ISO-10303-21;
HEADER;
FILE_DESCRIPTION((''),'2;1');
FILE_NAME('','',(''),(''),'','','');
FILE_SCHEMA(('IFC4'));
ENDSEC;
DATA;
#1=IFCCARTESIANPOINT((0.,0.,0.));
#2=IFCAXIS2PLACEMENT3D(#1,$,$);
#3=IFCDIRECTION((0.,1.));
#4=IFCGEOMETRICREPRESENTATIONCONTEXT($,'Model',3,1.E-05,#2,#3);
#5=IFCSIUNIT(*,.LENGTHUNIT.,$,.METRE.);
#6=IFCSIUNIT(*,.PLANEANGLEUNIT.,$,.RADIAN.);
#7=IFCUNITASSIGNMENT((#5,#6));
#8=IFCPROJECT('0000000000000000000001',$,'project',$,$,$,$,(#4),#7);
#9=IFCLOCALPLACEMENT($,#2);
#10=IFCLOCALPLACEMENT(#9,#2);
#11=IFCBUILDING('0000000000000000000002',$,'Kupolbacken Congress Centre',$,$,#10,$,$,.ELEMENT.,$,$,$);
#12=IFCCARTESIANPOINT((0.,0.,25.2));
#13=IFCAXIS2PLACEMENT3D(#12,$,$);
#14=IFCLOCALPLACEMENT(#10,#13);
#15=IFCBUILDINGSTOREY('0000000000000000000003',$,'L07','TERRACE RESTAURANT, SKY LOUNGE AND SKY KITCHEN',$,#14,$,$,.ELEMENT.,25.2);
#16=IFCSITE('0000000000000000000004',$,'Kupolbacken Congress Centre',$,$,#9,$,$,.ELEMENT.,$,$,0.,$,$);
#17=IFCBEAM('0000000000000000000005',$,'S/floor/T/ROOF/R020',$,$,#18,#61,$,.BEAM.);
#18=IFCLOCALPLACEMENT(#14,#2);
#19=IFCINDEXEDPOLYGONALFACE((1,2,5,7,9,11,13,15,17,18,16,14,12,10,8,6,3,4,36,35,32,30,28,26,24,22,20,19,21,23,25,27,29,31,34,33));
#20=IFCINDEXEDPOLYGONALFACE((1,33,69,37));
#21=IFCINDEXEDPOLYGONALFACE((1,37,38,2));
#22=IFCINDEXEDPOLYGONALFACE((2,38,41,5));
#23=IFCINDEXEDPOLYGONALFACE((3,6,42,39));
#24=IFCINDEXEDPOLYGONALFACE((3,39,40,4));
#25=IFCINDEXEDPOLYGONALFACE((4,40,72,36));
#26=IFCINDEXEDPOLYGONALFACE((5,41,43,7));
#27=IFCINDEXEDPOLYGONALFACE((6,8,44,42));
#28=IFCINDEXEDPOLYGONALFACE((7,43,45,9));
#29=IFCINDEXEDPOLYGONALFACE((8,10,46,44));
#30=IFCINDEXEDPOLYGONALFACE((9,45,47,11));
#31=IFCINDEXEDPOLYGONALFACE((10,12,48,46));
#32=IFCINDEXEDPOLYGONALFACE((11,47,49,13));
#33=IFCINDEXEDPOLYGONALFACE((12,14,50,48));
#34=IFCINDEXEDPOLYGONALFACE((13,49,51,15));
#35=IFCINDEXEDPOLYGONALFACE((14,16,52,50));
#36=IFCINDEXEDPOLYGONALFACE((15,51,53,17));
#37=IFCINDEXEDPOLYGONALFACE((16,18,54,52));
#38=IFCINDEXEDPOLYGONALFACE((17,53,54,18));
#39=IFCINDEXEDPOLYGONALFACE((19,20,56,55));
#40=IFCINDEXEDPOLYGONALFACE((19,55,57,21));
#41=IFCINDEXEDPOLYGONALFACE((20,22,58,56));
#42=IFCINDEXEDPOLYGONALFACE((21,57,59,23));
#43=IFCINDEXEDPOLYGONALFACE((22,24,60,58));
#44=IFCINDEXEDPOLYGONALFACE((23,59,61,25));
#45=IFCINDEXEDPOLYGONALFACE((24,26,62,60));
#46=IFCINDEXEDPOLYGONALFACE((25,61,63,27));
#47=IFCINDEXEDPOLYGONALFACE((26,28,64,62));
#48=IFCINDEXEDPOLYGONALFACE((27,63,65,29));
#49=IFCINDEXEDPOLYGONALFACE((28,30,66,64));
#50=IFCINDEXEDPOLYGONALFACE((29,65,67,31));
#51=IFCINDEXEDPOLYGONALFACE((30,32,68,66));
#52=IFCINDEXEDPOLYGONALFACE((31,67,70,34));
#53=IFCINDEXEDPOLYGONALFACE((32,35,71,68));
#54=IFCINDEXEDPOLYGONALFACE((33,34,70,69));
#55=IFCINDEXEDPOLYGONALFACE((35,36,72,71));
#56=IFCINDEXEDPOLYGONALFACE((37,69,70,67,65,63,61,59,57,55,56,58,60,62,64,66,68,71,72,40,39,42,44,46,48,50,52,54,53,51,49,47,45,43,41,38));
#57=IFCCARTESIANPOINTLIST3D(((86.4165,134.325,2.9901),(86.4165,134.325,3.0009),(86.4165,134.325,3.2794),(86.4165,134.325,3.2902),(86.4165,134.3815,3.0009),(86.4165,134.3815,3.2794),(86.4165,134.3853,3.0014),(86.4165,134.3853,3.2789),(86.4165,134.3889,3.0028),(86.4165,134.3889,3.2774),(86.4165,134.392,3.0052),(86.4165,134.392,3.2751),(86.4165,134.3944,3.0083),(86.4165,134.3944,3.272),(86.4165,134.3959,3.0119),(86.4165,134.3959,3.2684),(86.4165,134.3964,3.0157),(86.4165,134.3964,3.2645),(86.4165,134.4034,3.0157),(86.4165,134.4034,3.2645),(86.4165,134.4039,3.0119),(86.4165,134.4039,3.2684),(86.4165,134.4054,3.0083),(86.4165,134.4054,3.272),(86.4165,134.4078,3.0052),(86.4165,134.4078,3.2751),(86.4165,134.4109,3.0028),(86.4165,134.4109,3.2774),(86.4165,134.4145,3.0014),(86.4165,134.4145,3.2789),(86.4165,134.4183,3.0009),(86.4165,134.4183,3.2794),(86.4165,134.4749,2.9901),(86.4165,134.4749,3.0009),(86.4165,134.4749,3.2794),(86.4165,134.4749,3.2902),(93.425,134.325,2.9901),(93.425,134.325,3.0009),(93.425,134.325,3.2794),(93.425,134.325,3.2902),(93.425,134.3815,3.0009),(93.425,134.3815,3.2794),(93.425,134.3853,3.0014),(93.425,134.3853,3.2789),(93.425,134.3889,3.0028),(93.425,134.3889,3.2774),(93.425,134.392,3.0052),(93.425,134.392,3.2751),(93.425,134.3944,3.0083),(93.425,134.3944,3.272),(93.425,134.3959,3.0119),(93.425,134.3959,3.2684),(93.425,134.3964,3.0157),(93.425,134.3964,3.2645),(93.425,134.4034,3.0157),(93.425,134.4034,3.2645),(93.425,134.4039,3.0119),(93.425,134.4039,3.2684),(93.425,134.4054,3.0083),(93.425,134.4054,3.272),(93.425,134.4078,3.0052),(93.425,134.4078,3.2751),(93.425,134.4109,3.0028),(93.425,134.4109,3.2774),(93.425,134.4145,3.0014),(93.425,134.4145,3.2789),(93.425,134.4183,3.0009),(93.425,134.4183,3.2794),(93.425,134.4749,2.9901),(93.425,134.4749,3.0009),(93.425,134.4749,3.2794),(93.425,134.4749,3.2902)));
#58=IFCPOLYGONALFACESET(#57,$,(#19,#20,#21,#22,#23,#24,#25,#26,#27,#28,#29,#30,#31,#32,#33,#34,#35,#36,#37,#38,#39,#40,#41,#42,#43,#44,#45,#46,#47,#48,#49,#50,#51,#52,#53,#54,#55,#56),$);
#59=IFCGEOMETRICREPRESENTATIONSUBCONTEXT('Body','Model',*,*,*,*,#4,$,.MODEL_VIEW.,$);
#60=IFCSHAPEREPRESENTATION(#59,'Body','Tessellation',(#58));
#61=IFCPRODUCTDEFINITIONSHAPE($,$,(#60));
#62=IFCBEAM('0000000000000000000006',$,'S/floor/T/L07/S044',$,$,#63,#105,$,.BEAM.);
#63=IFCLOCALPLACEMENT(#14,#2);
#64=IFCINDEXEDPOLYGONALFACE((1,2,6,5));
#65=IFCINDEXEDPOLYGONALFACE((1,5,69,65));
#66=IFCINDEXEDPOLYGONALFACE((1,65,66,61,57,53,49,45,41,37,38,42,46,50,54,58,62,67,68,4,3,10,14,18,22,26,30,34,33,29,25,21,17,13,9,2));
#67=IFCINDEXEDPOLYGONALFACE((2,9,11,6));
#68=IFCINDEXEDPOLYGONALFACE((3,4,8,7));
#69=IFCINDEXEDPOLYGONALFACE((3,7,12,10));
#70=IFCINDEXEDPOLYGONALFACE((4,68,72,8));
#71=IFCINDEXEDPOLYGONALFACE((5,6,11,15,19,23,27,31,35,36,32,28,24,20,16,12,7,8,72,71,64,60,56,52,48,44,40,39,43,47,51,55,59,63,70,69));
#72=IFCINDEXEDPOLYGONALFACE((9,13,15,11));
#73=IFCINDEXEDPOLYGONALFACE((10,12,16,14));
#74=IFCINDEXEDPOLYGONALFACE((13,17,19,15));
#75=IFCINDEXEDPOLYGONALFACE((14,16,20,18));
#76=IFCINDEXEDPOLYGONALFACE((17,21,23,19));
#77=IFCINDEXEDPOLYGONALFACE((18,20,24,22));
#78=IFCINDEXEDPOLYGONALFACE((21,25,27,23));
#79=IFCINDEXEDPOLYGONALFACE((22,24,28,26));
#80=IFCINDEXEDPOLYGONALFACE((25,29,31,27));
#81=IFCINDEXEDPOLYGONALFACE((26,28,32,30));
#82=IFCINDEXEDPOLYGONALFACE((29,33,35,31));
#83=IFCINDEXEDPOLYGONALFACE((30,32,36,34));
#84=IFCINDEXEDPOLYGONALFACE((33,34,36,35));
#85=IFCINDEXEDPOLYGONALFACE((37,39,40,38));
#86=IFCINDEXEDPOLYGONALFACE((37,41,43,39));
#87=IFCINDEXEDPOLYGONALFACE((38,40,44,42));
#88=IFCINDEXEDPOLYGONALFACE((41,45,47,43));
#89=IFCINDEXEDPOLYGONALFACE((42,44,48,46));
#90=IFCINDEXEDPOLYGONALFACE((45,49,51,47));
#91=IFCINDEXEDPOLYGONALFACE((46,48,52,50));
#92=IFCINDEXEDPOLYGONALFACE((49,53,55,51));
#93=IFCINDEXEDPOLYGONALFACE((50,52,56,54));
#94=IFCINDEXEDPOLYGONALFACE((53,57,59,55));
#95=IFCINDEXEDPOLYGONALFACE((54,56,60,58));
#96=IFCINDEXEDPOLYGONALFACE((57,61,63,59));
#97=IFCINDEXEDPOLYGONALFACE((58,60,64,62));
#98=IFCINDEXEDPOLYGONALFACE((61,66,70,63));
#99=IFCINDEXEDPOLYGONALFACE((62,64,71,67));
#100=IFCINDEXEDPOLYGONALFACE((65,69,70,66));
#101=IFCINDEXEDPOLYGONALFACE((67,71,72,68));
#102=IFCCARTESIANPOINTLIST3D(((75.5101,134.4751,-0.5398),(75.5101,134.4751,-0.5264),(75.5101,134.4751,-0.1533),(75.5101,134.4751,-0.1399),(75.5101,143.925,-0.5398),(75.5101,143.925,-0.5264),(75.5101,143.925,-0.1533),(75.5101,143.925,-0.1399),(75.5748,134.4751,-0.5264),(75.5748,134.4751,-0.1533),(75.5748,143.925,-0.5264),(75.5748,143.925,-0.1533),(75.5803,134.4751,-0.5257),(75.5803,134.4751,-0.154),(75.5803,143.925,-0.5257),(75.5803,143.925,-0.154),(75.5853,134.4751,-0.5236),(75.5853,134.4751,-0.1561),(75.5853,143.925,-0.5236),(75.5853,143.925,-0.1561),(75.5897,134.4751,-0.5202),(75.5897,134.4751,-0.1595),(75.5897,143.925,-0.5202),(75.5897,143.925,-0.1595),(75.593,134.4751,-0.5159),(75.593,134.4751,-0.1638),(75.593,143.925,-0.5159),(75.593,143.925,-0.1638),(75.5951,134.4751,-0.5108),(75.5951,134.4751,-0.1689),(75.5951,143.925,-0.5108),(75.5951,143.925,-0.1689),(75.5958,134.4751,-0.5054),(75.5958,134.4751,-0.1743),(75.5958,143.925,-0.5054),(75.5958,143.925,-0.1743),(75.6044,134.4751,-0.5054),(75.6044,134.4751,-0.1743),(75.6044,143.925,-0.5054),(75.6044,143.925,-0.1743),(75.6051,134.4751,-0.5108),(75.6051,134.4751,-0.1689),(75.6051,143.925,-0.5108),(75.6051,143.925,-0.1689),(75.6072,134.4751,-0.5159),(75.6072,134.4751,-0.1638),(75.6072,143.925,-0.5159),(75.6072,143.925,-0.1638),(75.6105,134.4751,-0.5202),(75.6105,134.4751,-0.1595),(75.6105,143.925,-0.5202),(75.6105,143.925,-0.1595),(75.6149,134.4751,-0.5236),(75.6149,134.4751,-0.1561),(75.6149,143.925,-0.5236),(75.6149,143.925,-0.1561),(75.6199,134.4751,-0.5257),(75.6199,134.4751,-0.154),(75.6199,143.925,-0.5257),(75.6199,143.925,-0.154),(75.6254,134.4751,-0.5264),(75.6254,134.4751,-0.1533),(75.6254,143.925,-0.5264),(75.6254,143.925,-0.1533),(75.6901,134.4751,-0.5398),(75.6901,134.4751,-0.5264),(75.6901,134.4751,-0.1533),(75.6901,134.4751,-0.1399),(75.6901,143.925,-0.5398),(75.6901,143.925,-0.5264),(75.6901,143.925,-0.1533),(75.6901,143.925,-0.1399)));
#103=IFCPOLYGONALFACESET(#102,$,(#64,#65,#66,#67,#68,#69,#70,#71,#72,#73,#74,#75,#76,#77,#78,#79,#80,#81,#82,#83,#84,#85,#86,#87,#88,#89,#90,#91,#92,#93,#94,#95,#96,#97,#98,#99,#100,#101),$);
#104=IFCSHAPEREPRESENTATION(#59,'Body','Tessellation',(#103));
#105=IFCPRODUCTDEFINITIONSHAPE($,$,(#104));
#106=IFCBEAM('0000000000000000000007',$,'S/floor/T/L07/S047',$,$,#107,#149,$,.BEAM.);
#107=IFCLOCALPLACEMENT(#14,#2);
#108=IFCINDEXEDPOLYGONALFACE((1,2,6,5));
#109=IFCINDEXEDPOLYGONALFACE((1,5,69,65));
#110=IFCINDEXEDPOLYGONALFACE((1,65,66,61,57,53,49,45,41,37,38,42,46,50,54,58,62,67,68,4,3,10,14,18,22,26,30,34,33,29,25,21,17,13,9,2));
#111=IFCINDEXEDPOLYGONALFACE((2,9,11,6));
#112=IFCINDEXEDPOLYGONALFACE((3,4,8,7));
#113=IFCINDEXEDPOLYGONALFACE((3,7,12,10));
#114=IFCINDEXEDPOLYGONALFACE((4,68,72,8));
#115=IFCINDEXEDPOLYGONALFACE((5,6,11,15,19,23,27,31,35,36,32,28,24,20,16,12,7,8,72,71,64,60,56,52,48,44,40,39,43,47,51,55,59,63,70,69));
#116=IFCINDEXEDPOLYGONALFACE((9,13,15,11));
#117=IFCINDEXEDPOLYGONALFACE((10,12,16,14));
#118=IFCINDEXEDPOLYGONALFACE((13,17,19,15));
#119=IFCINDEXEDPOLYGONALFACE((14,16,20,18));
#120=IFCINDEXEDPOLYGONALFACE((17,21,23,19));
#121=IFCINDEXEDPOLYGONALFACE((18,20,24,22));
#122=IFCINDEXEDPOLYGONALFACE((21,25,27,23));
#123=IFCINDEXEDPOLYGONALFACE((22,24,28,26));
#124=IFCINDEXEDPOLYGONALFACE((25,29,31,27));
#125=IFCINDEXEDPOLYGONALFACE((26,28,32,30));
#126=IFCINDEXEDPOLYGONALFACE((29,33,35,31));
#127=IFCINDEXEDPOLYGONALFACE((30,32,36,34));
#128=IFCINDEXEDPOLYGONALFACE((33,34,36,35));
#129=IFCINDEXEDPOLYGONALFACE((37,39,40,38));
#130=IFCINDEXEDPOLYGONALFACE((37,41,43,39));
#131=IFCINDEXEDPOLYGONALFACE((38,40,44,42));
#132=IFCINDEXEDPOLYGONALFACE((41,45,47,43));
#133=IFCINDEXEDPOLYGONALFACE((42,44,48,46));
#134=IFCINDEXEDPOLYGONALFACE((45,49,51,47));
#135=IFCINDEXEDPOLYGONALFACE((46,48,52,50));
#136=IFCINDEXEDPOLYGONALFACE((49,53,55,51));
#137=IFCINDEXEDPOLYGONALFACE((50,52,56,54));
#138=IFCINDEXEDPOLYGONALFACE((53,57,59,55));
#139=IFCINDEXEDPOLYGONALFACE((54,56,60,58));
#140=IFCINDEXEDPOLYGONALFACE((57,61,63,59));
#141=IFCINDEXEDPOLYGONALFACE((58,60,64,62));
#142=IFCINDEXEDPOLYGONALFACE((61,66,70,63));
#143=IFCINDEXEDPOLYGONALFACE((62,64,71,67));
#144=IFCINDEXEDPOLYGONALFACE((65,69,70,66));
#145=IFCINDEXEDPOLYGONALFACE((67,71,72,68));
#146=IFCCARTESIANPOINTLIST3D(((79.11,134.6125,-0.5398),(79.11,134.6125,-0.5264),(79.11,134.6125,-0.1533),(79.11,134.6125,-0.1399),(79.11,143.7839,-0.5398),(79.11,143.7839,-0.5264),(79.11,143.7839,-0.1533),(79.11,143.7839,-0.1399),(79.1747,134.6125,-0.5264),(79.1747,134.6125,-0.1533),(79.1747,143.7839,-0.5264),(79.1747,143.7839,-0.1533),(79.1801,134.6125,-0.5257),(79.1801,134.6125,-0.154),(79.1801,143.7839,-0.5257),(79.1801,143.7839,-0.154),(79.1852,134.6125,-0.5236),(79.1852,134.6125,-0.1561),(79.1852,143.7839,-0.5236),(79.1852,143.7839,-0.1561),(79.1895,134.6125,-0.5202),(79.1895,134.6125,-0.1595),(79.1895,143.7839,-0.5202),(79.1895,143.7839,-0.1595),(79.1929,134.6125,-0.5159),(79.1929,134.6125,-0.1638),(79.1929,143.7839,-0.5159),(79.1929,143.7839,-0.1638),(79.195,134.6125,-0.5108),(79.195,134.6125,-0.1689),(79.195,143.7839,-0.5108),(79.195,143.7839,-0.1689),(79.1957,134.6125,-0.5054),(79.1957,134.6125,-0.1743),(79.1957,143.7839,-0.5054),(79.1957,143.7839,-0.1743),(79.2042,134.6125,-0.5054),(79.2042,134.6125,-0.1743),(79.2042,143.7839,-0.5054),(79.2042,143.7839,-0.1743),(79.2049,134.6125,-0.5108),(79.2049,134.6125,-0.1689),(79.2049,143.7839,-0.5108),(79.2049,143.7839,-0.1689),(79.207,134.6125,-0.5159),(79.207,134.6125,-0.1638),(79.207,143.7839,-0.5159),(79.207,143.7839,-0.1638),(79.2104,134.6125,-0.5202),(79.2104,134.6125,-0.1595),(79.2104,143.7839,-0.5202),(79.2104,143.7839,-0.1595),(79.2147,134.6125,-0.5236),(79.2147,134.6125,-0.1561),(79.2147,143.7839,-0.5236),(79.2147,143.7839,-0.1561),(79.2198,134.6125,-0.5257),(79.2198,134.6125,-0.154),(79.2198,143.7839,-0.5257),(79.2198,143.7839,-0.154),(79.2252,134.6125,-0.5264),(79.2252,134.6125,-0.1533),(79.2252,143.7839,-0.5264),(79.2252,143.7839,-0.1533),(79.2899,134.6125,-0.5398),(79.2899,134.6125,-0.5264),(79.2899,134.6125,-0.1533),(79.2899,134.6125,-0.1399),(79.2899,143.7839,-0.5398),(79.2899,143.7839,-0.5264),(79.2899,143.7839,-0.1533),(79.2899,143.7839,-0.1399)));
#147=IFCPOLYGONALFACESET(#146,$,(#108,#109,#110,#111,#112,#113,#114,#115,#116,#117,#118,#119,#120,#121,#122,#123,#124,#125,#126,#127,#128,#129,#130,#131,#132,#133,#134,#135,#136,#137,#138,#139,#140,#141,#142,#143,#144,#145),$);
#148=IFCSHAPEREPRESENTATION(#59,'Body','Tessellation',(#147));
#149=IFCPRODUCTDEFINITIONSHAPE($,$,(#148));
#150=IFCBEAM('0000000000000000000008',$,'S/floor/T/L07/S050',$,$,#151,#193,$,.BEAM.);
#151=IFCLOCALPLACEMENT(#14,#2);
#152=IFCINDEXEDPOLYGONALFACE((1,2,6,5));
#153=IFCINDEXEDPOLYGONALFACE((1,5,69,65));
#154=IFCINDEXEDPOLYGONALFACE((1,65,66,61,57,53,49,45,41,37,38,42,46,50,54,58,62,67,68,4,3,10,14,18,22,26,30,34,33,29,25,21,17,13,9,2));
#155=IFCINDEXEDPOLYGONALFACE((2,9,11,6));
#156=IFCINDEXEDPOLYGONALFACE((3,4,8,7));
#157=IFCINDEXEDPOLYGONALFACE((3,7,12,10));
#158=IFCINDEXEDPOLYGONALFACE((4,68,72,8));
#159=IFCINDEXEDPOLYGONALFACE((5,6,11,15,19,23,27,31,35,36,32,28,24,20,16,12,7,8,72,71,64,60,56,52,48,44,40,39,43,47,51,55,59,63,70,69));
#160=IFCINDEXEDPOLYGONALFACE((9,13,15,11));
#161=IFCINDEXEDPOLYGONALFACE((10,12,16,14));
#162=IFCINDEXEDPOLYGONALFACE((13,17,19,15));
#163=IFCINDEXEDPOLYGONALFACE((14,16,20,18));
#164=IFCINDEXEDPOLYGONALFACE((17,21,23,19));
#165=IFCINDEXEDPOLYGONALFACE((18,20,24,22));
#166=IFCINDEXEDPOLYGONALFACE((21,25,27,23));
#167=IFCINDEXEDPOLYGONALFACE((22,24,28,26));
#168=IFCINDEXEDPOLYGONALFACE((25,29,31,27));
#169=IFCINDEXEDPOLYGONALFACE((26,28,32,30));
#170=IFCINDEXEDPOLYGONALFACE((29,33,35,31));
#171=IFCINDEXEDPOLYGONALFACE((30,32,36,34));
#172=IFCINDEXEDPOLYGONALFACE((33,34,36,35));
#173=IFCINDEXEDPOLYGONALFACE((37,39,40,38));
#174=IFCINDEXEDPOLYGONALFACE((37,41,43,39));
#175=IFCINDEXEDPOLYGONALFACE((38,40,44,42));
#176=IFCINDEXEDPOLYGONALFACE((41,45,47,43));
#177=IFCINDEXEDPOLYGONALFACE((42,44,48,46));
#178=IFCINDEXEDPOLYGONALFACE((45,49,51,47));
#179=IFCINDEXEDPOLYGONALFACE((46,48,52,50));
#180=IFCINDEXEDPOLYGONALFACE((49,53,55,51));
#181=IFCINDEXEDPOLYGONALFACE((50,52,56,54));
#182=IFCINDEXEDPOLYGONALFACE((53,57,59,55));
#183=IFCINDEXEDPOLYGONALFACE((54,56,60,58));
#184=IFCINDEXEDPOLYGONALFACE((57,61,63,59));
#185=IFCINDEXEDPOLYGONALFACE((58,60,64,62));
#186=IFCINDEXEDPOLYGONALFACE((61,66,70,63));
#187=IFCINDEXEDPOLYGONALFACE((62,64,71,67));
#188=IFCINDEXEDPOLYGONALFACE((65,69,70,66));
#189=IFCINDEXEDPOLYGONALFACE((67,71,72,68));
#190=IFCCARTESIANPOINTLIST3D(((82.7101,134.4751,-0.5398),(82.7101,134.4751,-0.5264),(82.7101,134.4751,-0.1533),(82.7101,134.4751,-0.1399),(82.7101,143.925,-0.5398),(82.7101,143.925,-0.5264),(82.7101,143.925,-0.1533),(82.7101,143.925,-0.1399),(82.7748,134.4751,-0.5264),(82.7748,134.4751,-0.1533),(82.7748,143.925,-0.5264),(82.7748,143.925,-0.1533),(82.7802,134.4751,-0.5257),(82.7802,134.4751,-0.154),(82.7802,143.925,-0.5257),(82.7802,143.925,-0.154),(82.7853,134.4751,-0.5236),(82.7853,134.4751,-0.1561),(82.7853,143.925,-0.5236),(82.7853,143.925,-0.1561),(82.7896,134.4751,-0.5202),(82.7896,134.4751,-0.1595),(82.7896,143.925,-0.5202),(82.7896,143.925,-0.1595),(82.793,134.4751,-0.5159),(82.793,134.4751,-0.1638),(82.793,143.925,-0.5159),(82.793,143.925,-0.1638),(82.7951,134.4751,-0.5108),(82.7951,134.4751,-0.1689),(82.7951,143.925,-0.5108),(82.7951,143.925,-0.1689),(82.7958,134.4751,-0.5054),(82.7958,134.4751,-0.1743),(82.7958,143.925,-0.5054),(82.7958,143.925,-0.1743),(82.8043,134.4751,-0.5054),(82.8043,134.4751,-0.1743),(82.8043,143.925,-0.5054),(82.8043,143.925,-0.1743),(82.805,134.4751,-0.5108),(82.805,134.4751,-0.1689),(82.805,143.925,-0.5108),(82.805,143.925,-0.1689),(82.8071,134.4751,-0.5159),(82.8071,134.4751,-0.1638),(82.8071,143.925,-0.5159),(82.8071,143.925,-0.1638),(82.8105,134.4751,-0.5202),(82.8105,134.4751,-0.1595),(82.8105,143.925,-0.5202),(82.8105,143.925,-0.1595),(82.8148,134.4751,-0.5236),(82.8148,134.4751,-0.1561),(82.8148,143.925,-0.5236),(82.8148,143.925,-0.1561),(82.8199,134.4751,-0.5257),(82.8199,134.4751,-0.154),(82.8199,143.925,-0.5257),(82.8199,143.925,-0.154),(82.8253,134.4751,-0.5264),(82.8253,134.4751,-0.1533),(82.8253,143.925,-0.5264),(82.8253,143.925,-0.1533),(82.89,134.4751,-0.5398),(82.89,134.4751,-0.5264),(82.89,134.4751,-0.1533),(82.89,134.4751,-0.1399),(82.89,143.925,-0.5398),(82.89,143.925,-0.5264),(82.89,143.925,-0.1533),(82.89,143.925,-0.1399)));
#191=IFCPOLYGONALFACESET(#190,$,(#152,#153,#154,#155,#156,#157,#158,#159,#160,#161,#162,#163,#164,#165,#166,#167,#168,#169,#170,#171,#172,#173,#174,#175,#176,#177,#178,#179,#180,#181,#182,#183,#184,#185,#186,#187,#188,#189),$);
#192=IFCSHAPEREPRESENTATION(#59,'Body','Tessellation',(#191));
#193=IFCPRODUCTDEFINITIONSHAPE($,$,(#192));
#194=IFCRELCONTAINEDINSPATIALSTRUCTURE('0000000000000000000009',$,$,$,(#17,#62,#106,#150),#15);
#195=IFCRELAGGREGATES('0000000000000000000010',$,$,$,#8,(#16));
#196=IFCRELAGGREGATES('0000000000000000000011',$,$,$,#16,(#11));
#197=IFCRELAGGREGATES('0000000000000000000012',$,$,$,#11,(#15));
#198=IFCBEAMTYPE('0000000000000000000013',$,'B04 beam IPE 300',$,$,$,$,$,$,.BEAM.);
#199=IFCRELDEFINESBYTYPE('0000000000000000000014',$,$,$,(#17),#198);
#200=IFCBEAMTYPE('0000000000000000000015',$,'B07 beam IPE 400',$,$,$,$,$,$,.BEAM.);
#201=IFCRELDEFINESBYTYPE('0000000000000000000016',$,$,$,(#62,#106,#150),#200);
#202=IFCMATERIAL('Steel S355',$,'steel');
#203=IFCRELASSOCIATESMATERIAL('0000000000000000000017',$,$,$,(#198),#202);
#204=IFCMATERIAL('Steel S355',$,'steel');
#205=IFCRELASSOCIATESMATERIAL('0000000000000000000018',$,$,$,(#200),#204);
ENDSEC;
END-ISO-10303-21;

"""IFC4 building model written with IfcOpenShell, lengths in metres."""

from ifc_helpers import new_model, si_unit, direction, frame, origin, origin_2d, place, context, subcontext, project, spatial, i_section, extrude, material, material_profile, profile_set, type_object, element, save


model = new_model("IFC4")

# Units and contexts
model_context = context("Model", 3, precision=1e-05, world=origin(), true_north=direction((0.0, 1.0)))
body_context = subcontext(model_context, "Body", "Model", "MODEL_VIEW")
ifc_project = project(units=[si_unit("LENGTHUNIT", "METRE"), si_unit("PLANEANGLEUNIT", "RADIAN")], contexts=[model_context])

# Site, building, storey
site_placement = place(None, origin())
site = spatial("IfcSite", under=ifc_project, at=site_placement, Name="Kupolbacken Congress Centre", CompositionType="ELEMENT", RefElevation=0.0)
building_placement = place(site_placement, origin())
building = spatial("IfcBuilding", under=site, at=building_placement, Name="Kupolbacken Congress Centre", CompositionType="ELEMENT")
storey_placement = place(building_placement, frame((0.0, 0.0, 25.2)))
storey = spatial("IfcBuildingStorey", under=building, at=storey_placement, Name="L07", Description="TERRACE RESTAURANT, SKY LOUNGE AND SKY KITCHEN", CompositionType="ELEMENT", Elevation=25.2)

# Beams
ifc_material_1 = material(Name="Steel S355", Category="steel")
ifc_material_profile_1 = material_profile(ifc_material_1, i_section(OverallWidth=0.1499, OverallDepth=0.3, WebThickness=0.0071, FlangeThickness=0.0107, FilletRadius=0.0149, at=origin_2d()), Name="IPE 300")
ifc_profile_set_1 = profile_set([ifc_material_profile_1], Name="Steel S355")
beam_type_1 = type_object("IfcBeamType", Name="B04 beam IPE 300", PredefinedType="BEAM", material=ifc_profile_set_1)
beam_1_placement = place(storey_placement, frame((86.4165, 134.3999, 3.1401), z_axis=(1.0, 0.0, 0.0), x_axis=(0.0, 1.0, 0.0)))
element("IfcBeam", 1, at=beam_1_placement, inside=storey, type_object=beam_type_1, Name="S/floor/T/ROOF/R020", PredefinedType="BEAM", context=body_context, shape_type="SweptSolid", body=[
    extrude(i_section(OverallWidth=0.1499, OverallDepth=0.3, WebThickness=0.0071, FlangeThickness=0.0107, FilletRadius=0.0149, at=origin_2d()), origin(), (0.0, 0.0, 1.0), 7.0085),
])
ifc_material_2 = material(Name="Steel S355", Category="steel")
ifc_material_profile_2 = material_profile(ifc_material_2, i_section(OverallWidth=0.1799, OverallDepth=0.3999, WebThickness=0.0085, FlangeThickness=0.0134, FilletRadius=0.021, at=origin_2d()), Name="IPE 400")
ifc_profile_set_2 = profile_set([ifc_material_profile_2], Name="Steel S355")
beam_type_2 = type_object("IfcBeamType", Name="B07 beam IPE 400", PredefinedType="BEAM", material=ifc_profile_set_2)
beam_2_placement = place(storey_placement, frame((75.6001, 134.4751, -0.3398), z_axis=(0.0, 1.0, 0.0), x_axis=(-1.0, 0.0, 0.0)))
element("IfcBeam", 2, at=beam_2_placement, inside=storey, type_object=beam_type_2, Name="S/floor/T/L07/S044", PredefinedType="BEAM", context=body_context, shape_type="SweptSolid", body=[
    extrude(i_section(OverallWidth=0.1799, OverallDepth=0.3999, WebThickness=0.0085, FlangeThickness=0.0134, FilletRadius=0.021, at=origin_2d()), origin(), (0.0, 0.0, 1.0), 9.45),
])
beam_3_placement = place(storey_placement, frame((79.2, 134.6125, -0.3398), z_axis=(0.0, 1.0, 0.0), x_axis=(-1.0, 0.0, 0.0)))
element("IfcBeam", 3, at=beam_3_placement, inside=storey, type_object=beam_type_2, Name="S/floor/T/L07/S047", PredefinedType="BEAM", context=body_context, shape_type="SweptSolid", body=[
    extrude(i_section(OverallWidth=0.1799, OverallDepth=0.3999, WebThickness=0.0085, FlangeThickness=0.0134, FilletRadius=0.021, at=origin_2d()), origin(), (0.0, 0.0, 1.0), 9.1714),
])
beam_4_placement = place(storey_placement, frame((82.8, 134.4751, -0.3398), z_axis=(0.0, 1.0, 0.0), x_axis=(-1.0, 0.0, 0.0)))
element("IfcBeam", 4, at=beam_4_placement, inside=storey, type_object=beam_type_2, Name="S/floor/T/L07/S050", PredefinedType="BEAM", context=body_context, shape_type="SweptSolid", body=[
    extrude(i_section(OverallWidth=0.1799, OverallDepth=0.3999, WebThickness=0.0085, FlangeThickness=0.0134, FilletRadius=0.021, at=origin_2d()), origin(), (0.0, 0.0, 1.0), 9.45),
])

save(model, "model.ifc")
